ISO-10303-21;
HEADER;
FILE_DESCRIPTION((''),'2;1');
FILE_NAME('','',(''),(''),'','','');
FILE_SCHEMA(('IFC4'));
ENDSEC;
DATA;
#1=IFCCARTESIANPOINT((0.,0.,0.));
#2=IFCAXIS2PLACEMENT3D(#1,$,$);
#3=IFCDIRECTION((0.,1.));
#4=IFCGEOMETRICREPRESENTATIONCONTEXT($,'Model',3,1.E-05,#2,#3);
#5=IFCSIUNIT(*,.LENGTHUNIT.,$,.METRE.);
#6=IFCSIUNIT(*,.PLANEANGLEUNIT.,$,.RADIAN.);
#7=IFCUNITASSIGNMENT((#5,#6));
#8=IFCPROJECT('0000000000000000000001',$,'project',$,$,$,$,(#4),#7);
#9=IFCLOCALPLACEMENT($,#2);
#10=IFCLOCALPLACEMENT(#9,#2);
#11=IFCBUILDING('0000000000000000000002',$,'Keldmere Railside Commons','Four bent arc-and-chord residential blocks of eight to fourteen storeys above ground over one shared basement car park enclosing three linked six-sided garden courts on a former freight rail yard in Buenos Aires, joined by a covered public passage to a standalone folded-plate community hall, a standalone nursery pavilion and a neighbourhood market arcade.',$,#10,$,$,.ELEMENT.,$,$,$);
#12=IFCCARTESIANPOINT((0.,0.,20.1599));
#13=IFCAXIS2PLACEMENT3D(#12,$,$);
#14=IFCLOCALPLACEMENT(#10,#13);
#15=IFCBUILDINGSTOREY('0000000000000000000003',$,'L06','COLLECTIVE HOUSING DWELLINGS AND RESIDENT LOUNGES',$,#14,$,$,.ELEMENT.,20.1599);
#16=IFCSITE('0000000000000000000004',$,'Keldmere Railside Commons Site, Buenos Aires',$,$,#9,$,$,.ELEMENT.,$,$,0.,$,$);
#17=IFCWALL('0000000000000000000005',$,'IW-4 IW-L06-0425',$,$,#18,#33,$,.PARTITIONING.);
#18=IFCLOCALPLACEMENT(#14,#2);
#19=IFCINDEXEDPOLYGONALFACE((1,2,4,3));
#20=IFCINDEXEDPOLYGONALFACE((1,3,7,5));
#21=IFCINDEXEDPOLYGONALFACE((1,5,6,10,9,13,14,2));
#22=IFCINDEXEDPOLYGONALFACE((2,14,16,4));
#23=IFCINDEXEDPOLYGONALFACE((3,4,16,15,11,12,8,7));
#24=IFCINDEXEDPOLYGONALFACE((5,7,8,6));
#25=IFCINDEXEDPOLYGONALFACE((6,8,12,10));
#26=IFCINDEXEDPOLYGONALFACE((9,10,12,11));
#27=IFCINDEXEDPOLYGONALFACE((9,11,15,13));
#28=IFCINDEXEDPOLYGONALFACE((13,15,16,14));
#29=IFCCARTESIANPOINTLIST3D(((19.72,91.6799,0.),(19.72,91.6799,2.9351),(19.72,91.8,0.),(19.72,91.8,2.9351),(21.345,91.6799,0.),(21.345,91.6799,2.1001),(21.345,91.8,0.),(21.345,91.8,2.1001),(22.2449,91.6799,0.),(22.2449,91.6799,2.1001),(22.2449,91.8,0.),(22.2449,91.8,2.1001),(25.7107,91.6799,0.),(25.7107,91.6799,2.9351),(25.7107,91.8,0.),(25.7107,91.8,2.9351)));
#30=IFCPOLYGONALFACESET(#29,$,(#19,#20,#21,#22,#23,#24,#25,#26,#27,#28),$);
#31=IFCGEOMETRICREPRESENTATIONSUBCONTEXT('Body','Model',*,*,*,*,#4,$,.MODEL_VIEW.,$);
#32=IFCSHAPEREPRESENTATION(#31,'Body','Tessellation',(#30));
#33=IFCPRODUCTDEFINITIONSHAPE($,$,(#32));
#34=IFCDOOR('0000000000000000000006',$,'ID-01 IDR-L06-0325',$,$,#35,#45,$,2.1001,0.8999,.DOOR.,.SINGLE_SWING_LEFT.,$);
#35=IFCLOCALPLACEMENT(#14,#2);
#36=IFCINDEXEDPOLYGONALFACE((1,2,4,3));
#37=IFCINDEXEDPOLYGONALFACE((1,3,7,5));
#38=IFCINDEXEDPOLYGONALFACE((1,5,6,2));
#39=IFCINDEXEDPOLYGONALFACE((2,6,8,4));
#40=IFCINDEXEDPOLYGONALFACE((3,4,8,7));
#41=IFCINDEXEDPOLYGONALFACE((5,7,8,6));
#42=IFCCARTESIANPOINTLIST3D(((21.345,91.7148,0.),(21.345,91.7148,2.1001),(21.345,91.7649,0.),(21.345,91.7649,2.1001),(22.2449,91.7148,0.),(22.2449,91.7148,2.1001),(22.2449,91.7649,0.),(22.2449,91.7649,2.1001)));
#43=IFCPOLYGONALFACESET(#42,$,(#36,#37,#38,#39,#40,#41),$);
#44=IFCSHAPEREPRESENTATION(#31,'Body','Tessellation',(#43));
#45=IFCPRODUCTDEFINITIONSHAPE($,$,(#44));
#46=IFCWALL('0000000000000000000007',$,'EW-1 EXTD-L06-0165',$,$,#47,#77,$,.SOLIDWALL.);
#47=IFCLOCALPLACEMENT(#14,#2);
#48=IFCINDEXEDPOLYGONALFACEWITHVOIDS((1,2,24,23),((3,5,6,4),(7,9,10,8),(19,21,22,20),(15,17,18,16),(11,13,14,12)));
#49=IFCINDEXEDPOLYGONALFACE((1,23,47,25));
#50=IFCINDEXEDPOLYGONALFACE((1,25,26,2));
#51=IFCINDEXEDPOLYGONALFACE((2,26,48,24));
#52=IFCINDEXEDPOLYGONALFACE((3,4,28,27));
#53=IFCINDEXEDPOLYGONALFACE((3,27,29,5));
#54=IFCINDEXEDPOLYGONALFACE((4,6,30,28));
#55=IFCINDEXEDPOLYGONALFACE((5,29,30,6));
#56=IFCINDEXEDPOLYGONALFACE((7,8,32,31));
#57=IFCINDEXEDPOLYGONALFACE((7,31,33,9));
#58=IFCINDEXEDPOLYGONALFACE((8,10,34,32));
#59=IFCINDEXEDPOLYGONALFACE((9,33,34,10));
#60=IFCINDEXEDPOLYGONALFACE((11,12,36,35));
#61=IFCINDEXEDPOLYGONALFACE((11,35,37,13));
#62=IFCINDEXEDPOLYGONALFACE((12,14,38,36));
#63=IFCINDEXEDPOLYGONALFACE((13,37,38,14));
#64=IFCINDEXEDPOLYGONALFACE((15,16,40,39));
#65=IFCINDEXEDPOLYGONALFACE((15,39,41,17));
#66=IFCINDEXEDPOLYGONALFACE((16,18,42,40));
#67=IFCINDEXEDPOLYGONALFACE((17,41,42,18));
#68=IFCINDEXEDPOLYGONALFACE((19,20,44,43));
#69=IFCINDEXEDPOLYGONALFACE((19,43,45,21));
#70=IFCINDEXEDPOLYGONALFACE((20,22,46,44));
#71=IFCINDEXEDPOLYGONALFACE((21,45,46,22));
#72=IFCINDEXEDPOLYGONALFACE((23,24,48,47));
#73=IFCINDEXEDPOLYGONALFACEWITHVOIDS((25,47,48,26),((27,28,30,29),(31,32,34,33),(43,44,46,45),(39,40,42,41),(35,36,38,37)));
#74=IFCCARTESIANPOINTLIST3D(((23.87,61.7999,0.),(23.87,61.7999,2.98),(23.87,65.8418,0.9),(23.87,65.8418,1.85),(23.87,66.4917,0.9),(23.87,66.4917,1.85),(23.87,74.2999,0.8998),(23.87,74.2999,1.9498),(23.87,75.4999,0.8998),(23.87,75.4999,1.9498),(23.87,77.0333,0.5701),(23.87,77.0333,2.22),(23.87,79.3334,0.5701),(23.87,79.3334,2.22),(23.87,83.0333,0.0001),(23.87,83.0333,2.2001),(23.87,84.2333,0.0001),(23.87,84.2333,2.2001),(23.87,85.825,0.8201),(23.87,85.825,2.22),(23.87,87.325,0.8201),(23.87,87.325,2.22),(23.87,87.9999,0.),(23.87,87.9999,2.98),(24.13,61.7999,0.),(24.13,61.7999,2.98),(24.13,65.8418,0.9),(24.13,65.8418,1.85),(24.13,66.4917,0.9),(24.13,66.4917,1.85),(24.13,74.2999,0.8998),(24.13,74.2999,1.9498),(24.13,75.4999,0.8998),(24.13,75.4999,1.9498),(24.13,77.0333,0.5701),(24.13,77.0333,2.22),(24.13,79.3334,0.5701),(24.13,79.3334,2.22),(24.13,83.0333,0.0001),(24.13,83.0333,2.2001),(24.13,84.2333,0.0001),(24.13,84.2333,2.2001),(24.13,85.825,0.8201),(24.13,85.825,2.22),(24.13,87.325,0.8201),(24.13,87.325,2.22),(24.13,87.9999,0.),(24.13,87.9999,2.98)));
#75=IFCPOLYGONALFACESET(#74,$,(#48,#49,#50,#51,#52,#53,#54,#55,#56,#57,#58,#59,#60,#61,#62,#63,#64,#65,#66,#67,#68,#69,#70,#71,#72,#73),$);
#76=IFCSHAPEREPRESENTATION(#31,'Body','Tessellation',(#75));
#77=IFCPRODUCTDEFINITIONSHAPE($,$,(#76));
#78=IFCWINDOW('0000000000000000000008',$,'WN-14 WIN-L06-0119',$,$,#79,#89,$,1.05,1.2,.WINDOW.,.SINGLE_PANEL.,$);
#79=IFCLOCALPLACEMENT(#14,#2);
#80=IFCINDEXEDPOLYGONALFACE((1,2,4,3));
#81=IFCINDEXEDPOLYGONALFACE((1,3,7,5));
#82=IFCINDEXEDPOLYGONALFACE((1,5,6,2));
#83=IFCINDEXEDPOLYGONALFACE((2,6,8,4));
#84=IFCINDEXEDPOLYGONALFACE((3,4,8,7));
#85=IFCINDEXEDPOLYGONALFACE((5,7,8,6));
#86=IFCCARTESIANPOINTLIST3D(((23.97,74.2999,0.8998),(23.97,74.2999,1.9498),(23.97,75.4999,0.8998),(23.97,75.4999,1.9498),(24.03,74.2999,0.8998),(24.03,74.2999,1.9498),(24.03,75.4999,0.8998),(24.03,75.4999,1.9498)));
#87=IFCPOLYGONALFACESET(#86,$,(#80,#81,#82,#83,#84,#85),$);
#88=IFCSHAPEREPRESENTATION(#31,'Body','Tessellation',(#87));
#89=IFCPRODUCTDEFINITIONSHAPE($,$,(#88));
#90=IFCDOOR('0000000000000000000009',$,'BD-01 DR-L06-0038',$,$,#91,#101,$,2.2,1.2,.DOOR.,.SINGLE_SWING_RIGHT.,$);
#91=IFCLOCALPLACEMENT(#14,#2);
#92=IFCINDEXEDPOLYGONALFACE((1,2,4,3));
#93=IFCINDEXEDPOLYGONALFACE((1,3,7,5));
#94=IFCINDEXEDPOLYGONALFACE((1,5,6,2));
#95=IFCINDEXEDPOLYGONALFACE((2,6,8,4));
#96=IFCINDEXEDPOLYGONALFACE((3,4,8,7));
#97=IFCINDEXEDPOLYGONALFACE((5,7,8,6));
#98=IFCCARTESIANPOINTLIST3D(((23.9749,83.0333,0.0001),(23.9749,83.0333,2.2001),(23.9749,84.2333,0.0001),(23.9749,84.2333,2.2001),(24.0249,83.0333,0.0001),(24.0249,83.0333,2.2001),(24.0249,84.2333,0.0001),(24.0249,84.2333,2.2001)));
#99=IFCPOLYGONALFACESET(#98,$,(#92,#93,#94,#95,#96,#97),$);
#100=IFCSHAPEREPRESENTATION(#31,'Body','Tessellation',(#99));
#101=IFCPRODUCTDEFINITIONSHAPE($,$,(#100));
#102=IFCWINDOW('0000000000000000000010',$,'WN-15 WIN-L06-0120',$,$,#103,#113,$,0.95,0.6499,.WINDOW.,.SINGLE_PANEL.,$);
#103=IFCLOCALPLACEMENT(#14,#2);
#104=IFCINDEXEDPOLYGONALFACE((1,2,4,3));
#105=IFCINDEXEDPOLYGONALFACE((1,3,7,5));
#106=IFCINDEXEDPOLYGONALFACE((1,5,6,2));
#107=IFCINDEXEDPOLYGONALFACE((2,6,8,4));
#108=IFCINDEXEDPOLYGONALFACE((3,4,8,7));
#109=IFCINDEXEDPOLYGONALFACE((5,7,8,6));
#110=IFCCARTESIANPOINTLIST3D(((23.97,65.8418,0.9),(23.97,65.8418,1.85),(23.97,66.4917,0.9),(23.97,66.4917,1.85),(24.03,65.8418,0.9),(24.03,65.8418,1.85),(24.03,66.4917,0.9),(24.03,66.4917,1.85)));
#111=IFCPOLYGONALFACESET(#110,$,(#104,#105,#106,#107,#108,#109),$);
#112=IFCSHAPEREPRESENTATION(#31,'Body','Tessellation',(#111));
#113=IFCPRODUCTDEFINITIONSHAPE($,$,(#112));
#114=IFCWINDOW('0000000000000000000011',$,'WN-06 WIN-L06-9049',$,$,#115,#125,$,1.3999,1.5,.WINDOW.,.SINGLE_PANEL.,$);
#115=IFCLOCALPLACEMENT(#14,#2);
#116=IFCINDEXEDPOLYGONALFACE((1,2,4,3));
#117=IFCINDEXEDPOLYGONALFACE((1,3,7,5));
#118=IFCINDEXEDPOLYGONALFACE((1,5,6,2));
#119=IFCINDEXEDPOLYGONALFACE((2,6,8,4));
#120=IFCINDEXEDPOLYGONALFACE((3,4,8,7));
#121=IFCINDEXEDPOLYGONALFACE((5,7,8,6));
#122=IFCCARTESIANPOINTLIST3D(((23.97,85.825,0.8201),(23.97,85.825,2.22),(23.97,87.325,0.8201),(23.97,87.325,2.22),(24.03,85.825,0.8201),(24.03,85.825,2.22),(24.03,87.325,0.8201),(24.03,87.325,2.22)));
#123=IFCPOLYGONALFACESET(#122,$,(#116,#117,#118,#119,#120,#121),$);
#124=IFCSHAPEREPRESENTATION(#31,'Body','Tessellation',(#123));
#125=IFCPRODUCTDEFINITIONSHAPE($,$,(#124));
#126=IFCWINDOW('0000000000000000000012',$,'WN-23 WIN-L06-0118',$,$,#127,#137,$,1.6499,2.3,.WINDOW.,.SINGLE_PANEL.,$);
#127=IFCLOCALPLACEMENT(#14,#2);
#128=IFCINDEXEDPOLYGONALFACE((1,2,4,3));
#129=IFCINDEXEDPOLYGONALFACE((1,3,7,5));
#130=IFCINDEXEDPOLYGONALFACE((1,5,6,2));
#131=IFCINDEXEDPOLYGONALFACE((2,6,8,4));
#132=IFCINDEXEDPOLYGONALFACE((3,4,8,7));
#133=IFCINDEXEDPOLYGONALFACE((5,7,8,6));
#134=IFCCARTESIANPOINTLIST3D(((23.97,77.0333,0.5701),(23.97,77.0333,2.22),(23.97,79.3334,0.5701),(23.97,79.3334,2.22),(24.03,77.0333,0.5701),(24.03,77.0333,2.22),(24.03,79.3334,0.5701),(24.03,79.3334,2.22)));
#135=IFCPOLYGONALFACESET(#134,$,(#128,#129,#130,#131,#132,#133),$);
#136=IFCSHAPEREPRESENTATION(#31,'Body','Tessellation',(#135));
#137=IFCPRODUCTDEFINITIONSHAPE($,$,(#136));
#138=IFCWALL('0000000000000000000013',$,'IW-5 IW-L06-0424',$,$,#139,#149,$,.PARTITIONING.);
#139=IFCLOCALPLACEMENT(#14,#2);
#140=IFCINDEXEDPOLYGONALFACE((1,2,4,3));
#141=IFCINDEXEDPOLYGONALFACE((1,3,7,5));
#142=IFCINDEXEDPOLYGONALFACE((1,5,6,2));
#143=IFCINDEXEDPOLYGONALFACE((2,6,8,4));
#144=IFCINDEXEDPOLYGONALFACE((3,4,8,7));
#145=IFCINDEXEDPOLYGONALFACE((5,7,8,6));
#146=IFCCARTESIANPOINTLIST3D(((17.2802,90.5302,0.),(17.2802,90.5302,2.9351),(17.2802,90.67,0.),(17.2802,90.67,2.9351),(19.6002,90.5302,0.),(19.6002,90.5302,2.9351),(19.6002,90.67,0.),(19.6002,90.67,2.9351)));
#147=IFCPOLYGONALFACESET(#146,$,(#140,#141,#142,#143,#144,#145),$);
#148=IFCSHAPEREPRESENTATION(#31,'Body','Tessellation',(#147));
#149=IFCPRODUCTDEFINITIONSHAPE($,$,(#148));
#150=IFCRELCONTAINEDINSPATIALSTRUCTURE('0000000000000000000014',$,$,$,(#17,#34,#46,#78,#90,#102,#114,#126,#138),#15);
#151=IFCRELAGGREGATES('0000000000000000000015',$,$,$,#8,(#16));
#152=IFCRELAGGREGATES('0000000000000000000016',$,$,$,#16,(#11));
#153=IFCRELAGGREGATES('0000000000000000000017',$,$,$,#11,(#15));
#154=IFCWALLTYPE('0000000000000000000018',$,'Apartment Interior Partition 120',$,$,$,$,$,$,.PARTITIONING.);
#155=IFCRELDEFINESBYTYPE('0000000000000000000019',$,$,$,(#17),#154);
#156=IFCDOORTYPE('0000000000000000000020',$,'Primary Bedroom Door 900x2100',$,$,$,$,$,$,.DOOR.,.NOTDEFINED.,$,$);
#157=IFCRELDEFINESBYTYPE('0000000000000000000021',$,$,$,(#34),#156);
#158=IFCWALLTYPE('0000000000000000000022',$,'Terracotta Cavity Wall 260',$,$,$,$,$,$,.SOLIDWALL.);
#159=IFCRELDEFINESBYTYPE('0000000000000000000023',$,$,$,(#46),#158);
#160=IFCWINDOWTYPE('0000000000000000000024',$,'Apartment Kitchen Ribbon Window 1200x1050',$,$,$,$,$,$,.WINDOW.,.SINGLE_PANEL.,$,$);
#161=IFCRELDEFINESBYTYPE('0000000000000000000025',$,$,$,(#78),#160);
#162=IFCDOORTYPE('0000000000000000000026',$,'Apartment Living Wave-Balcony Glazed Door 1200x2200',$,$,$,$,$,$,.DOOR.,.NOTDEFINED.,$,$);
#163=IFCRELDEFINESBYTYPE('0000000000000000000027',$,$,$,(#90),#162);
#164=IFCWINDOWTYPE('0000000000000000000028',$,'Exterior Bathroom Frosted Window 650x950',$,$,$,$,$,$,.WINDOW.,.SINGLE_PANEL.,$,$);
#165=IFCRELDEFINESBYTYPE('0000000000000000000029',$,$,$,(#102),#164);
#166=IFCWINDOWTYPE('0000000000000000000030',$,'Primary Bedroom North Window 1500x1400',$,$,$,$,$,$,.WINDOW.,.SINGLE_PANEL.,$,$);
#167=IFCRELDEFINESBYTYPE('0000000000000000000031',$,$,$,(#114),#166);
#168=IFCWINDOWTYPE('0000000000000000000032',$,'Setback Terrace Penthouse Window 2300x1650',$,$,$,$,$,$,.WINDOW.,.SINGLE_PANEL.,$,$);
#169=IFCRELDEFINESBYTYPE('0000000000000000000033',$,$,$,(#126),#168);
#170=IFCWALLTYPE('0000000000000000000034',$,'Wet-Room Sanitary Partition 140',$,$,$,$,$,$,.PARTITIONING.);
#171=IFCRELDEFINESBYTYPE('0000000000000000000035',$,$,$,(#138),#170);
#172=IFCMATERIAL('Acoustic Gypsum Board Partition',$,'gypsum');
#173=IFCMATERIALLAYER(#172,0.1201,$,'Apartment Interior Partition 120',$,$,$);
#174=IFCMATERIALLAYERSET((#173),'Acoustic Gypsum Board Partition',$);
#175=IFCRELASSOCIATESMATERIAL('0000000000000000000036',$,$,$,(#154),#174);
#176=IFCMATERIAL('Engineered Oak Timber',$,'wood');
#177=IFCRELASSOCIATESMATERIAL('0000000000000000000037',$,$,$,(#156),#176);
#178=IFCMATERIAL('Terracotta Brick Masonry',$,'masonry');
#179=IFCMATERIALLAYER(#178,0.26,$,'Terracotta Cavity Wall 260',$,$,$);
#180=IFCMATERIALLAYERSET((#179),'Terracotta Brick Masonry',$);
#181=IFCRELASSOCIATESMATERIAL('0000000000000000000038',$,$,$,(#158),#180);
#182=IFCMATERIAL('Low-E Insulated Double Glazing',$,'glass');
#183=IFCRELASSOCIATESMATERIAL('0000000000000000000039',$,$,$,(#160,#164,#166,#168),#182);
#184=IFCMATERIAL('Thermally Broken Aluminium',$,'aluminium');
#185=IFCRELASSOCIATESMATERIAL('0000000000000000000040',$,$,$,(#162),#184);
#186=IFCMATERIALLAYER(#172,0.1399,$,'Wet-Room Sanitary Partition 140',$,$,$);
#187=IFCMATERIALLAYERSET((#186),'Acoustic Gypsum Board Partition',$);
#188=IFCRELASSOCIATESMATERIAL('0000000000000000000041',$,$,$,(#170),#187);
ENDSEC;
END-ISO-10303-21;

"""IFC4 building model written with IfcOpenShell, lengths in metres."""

from ifc_helpers import new_model, si_unit, direction, frame, frame_2d, origin, place, context, subcontext, project, spatial, rectangle, extrude, material, layer, layer_set, type_object, element, fill, save


model = new_model("IFC4")

# Units and contexts
model_context = context("Model", 3, precision=1e-05, world=origin(), true_north=direction((0.0, 1.0)))
body_context = subcontext(model_context, "Body", "Model", "MODEL_VIEW")
ifc_project = project(units=[si_unit("LENGTHUNIT", "METRE"), si_unit("PLANEANGLEUNIT", "RADIAN")], contexts=[model_context])

# Site, building, storey
site_placement = place(None, origin())
site = spatial("IfcSite", under=ifc_project, at=site_placement, Name="Keldmere Railside Commons Site, Buenos Aires", CompositionType="ELEMENT", RefElevation=0.0)
building_placement = place(site_placement, origin())
building = spatial("IfcBuilding", under=site, at=building_placement, Name="Keldmere Railside Commons", Description="Four bent arc-and-chord residential blocks of eight to fourteen storeys above ground over one shared basement car park enclosing three linked six-sided garden courts on a former freight rail yard in Buenos Aires, joined by a covered public passage to a standalone folded-plate community hall, a standalone nursery pavilion and a neighbourhood market arcade.", CompositionType="ELEMENT")
storey_placement = place(building_placement, frame((0.0, 0.0, 20.1599)))
storey = spatial("IfcBuildingStorey", under=building, at=storey_placement, Name="L06", Description="COLLECTIVE HOUSING DWELLINGS AND RESIDENT LOUNGES", CompositionType="ELEMENT", Elevation=20.1599)

# Shared definitions
ifc_material_1 = material(Name="Thermally Broken Aluminium", Category="aluminium")
ifc_material_2 = material(Name="Low-E Insulated Double Glazing", Category="glass")

# Wall, opening, door
ifc_material_3 = material(Name="Acoustic Gypsum Board Partition", Category="gypsum")
ifc_layer_1 = layer(ifc_material_3, 0.1201, Name="Apartment Interior Partition 120")
ifc_layer_set_1 = layer_set([ifc_layer_1], Name="Acoustic Gypsum Board Partition")
wall_type_1 = type_object("IfcWallType", Name="Apartment Interior Partition 120", PredefinedType="PARTITIONING", material=ifc_layer_set_1)
wall_1_placement = place(storey_placement, frame((19.72, 91.74, 0.0), z_axis=(0.0, 0.0, 1.0), x_axis=(1.0, 0.0, 0.0)))
wall_1 = element("IfcWall", 1, at=wall_1_placement, inside=storey, type_object=wall_type_1, Name="IW-4 IW-L06-0425", PredefinedType="PARTITIONING", context=body_context, shape_type="SweptSolid", body=[
    extrude(rectangle(XDim=5.9907, YDim=0.1201, at=frame_2d((2.9954, 0.0))), origin(), (0.0, 0.0, 1.0), 2.9351),
])
opening_1_placement = place(wall_1_placement, frame((1.625, 0.0, 0.0)))
opening_1 = element("IfcOpeningElement", 2, at=opening_1_placement, cuts=wall_1, PredefinedType="OPENING", context=body_context, shape_type="SweptSolid", body=[
    extrude(rectangle(XDim=0.8999, YDim=2.1001, at=frame_2d((0.45, 1.05))), frame((0.0, 0.0701, 0.0), z_axis=(0.0, -1.0, 0.0), x_axis=(1.0, 0.0, 0.0)), (0.0, 0.0, 1.0), 0.1401),
])
ifc_material_4 = material(Name="Engineered Oak Timber", Category="wood")
door_type_1 = type_object("IfcDoorType", Name="Primary Bedroom Door 900x2100", OperationType="NOTDEFINED", PredefinedType="DOOR", material=ifc_material_4)
door_1_placement = place(opening_1_placement, origin())
door_1 = element("IfcDoor", 3, at=door_1_placement, inside=storey, type_object=door_type_1, Name="ID-01 IDR-L06-0325", OperationType="SINGLE_SWING_LEFT", OverallHeight=2.1001, OverallWidth=0.8999, PredefinedType="DOOR", context=body_context, shape_type="SweptSolid", body=[
    extrude(rectangle(XDim=0.8999, YDim=2.1001, at=frame_2d((0.45, 1.05))), frame((0.0, 0.0249, 0.0), z_axis=(0.0, -1.0, 0.0), x_axis=(1.0, 0.0, 0.0)), (0.0, 0.0, 1.0), 0.05),
])
fill(opening_1, door_1)

# Wall, openings, windows, door
ifc_material_5 = material(Name="Terracotta Brick Masonry", Category="masonry")
ifc_layer_2 = layer(ifc_material_5, 0.26, Name="Terracotta Cavity Wall 260")
ifc_layer_set_2 = layer_set([ifc_layer_2], Name="Terracotta Brick Masonry")
wall_type_2 = type_object("IfcWallType", Name="Terracotta Cavity Wall 260", PredefinedType="SOLIDWALL", material=ifc_layer_set_2)
wall_2_placement = place(storey_placement, frame((24.0, 88.0, 0.0), z_axis=(0.0, 0.0, 1.0), x_axis=(0.0, -1.0, 0.0)))
wall_2 = element("IfcWall", 4, at=wall_2_placement, inside=storey, type_object=wall_type_2, Name="EW-1 EXTD-L06-0165", PredefinedType="SOLIDWALL", context=body_context, shape_type="SweptSolid", body=[
    extrude(rectangle(XDim=26.2, YDim=0.26, at=frame_2d((13.1001, 0.0))), origin(), (0.0, 0.0, 1.0), 2.98),
])
opening_2_placement = place(wall_2_placement, frame((3.7666, 0.0, 0.0)))
opening_2 = element("IfcOpeningElement", 5, at=opening_2_placement, cuts=wall_2, PredefinedType="OPENING", context=body_context, shape_type="SweptSolid", body=[
    extrude(rectangle(XDim=1.2, YDim=2.2, at=frame_2d((0.6001, 1.1001))), frame((0.0, 0.1399, 0.0), z_axis=(0.0, -1.0, 0.0), x_axis=(1.0, 0.0, 0.0)), (0.0, 0.0, 1.0), 0.28),
])
opening_3_placement = place(wall_2_placement, frame((8.6667, 0.0, 0.5701)))
opening_3 = element("IfcOpeningElement", 6, at=opening_3_placement, cuts=wall_2, PredefinedType="OPENING", context=body_context, shape_type="SweptSolid", body=[
    extrude(rectangle(XDim=2.3, YDim=1.6499, at=frame_2d((1.1499, 0.825))), frame((0.0, 0.1399, 0.0), z_axis=(0.0, -1.0, 0.0), x_axis=(1.0, 0.0, 0.0)), (0.0, 0.0, 1.0), 0.28),
])
opening_4_placement = place(wall_2_placement, frame((12.5, 0.0, 0.8999)))
opening_4 = element("IfcOpeningElement", 7, at=opening_4_placement, cuts=wall_2, PredefinedType="OPENING", context=body_context, shape_type="SweptSolid", body=[
    extrude(rectangle(XDim=1.2, YDim=1.05, at=frame_2d((0.6001, 0.5249))), frame((0.0, 0.1399, 0.0), z_axis=(0.0, -1.0, 0.0), x_axis=(1.0, 0.0, 0.0)), (0.0, 0.0, 1.0), 0.28),
])
opening_5_placement = place(wall_2_placement, frame((21.5083, 0.0, 0.8999)))
opening_5 = element("IfcOpeningElement", 8, at=opening_5_placement, cuts=wall_2, PredefinedType="OPENING", context=body_context, shape_type="SweptSolid", body=[
    extrude(rectangle(XDim=0.6499, YDim=0.95, at=frame_2d((0.325, 0.4751))), frame((0.0, 0.1399, 0.0), z_axis=(0.0, -1.0, 0.0), x_axis=(1.0, 0.0, 0.0)), (0.0, 0.0, 1.0), 0.28),
])
opening_6_placement = place(wall_2_placement, frame((0.675, 0.0, 0.8201)))
opening_6 = element("IfcOpeningElement", 9, at=opening_6_placement, cuts=wall_2, PredefinedType="OPENING", context=body_context, shape_type="SweptSolid", body=[
    extrude(rectangle(XDim=1.5, YDim=1.3999, at=frame_2d((0.75, 0.7))), frame((0.0, 0.1399, 0.0), z_axis=(0.0, -1.0, 0.0), x_axis=(1.0, 0.0, 0.0)), (0.0, 0.0, 1.0), 0.28),
])
window_type_1 = type_object("IfcWindowType", Name="Apartment Kitchen Ribbon Window 1200x1050", PartitioningType="SINGLE_PANEL", PredefinedType="WINDOW", material=ifc_material_2)
window_1_placement = place(opening_4_placement, origin())
window_1 = element("IfcWindow", 10, at=window_1_placement, inside=storey, type_object=window_type_1, Name="WN-14 WIN-L06-0119", OverallHeight=1.05, OverallWidth=1.2, PartitioningType="SINGLE_PANEL", PredefinedType="WINDOW", context=body_context, shape_type="SweptSolid", body=[
    extrude(rectangle(XDim=1.2, YDim=1.05, at=frame_2d((0.6001, 0.5249))), frame((0.0, 0.03, 0.0), z_axis=(0.0, -1.0, 0.0), x_axis=(1.0, 0.0, 0.0)), (0.0, 0.0, 1.0), 0.0601),
])
fill(opening_4, window_1)
door_type_2 = type_object("IfcDoorType", Name="Apartment Living Wave-Balcony Glazed Door 1200x2200", OperationType="NOTDEFINED", PredefinedType="DOOR", material=ifc_material_1)
door_2_placement = place(opening_2_placement, origin())
door_2 = element("IfcDoor", 11, at=door_2_placement, inside=storey, type_object=door_type_2, Name="BD-01 DR-L06-0038", OperationType="SINGLE_SWING_RIGHT", OverallHeight=2.2, OverallWidth=1.2, PredefinedType="DOOR", context=body_context, shape_type="SweptSolid", body=[
    extrude(rectangle(XDim=1.2, YDim=2.2, at=frame_2d((0.6001, 1.1001))), frame((0.0, 0.0249, 0.0), z_axis=(0.0, -1.0, 0.0), x_axis=(1.0, 0.0, 0.0)), (0.0, 0.0, 1.0), 0.05),
])
fill(opening_2, door_2)
window_type_2 = type_object("IfcWindowType", Name="Exterior Bathroom Frosted Window 650x950", PartitioningType="SINGLE_PANEL", PredefinedType="WINDOW", material=ifc_material_2)
window_2_placement = place(opening_5_placement, origin())
window_2 = element("IfcWindow", 12, at=window_2_placement, inside=storey, type_object=window_type_2, Name="WN-15 WIN-L06-0120", OverallHeight=0.95, OverallWidth=0.6499, PartitioningType="SINGLE_PANEL", PredefinedType="WINDOW", context=body_context, shape_type="SweptSolid", body=[
    extrude(rectangle(XDim=0.6499, YDim=0.95, at=frame_2d((0.325, 0.4751))), frame((0.0, 0.03, 0.0), z_axis=(0.0, -1.0, 0.0), x_axis=(1.0, 0.0, 0.0)), (0.0, 0.0, 1.0), 0.0601),
])
fill(opening_5, window_2)
window_type_3 = type_object("IfcWindowType", Name="Primary Bedroom North Window 1500x1400", PartitioningType="SINGLE_PANEL", PredefinedType="WINDOW", material=ifc_material_2)
window_3_placement = place(opening_6_placement, origin())
window_3 = element("IfcWindow", 13, at=window_3_placement, inside=storey, type_object=window_type_3, Name="WN-06 WIN-L06-9049", OverallHeight=1.3999, OverallWidth=1.5, PartitioningType="SINGLE_PANEL", PredefinedType="WINDOW", context=body_context, shape_type="SweptSolid", body=[
    extrude(rectangle(XDim=1.5, YDim=1.3999, at=frame_2d((0.75, 0.7))), frame((0.0, 0.03, 0.0), z_axis=(0.0, -1.0, 0.0), x_axis=(1.0, 0.0, 0.0)), (0.0, 0.0, 1.0), 0.0601),
])
fill(opening_6, window_3)
window_type_4 = type_object("IfcWindowType", Name="Setback Terrace Penthouse Window 2300x1650", PartitioningType="SINGLE_PANEL", PredefinedType="WINDOW", material=ifc_material_2)
window_4_placement = place(opening_3_placement, origin())
window_4 = element("IfcWindow", 14, at=window_4_placement, inside=storey, type_object=window_type_4, Name="WN-23 WIN-L06-0118", OverallHeight=1.6499, OverallWidth=2.3, PartitioningType="SINGLE_PANEL", PredefinedType="WINDOW", context=body_context, shape_type="SweptSolid", body=[
    extrude(rectangle(XDim=2.3, YDim=1.6499, at=frame_2d((1.1499, 0.825))), frame((0.0, 0.03, 0.0), z_axis=(0.0, -1.0, 0.0), x_axis=(1.0, 0.0, 0.0)), (0.0, 0.0, 1.0), 0.0601),
])
fill(opening_3, window_4)

# Wall
ifc_layer_3 = layer(ifc_material_3, 0.1399, Name="Wet-Room Sanitary Partition 140")
ifc_layer_set_3 = layer_set([ifc_layer_3], Name="Acoustic Gypsum Board Partition")
wall_type_3 = type_object("IfcWallType", Name="Wet-Room Sanitary Partition 140", PredefinedType="PARTITIONING", material=ifc_layer_set_3)
wall_3_placement = place(storey_placement, frame((17.28, 90.6001, 0.0), z_axis=(0.0, 0.0, 1.0), x_axis=(1.0, 0.0, 0.0)))
element("IfcWall", 15, at=wall_3_placement, inside=storey, type_object=wall_type_3, Name="IW-5 IW-L06-0424", PredefinedType="PARTITIONING", context=body_context, shape_type="SweptSolid", body=[
    extrude(rectangle(XDim=2.3201, YDim=0.1399, at=frame_2d((1.1602, 0.0))), origin(), (0.0, 0.0, 1.0), 2.9351),
])

save(model, "model.ifc")
